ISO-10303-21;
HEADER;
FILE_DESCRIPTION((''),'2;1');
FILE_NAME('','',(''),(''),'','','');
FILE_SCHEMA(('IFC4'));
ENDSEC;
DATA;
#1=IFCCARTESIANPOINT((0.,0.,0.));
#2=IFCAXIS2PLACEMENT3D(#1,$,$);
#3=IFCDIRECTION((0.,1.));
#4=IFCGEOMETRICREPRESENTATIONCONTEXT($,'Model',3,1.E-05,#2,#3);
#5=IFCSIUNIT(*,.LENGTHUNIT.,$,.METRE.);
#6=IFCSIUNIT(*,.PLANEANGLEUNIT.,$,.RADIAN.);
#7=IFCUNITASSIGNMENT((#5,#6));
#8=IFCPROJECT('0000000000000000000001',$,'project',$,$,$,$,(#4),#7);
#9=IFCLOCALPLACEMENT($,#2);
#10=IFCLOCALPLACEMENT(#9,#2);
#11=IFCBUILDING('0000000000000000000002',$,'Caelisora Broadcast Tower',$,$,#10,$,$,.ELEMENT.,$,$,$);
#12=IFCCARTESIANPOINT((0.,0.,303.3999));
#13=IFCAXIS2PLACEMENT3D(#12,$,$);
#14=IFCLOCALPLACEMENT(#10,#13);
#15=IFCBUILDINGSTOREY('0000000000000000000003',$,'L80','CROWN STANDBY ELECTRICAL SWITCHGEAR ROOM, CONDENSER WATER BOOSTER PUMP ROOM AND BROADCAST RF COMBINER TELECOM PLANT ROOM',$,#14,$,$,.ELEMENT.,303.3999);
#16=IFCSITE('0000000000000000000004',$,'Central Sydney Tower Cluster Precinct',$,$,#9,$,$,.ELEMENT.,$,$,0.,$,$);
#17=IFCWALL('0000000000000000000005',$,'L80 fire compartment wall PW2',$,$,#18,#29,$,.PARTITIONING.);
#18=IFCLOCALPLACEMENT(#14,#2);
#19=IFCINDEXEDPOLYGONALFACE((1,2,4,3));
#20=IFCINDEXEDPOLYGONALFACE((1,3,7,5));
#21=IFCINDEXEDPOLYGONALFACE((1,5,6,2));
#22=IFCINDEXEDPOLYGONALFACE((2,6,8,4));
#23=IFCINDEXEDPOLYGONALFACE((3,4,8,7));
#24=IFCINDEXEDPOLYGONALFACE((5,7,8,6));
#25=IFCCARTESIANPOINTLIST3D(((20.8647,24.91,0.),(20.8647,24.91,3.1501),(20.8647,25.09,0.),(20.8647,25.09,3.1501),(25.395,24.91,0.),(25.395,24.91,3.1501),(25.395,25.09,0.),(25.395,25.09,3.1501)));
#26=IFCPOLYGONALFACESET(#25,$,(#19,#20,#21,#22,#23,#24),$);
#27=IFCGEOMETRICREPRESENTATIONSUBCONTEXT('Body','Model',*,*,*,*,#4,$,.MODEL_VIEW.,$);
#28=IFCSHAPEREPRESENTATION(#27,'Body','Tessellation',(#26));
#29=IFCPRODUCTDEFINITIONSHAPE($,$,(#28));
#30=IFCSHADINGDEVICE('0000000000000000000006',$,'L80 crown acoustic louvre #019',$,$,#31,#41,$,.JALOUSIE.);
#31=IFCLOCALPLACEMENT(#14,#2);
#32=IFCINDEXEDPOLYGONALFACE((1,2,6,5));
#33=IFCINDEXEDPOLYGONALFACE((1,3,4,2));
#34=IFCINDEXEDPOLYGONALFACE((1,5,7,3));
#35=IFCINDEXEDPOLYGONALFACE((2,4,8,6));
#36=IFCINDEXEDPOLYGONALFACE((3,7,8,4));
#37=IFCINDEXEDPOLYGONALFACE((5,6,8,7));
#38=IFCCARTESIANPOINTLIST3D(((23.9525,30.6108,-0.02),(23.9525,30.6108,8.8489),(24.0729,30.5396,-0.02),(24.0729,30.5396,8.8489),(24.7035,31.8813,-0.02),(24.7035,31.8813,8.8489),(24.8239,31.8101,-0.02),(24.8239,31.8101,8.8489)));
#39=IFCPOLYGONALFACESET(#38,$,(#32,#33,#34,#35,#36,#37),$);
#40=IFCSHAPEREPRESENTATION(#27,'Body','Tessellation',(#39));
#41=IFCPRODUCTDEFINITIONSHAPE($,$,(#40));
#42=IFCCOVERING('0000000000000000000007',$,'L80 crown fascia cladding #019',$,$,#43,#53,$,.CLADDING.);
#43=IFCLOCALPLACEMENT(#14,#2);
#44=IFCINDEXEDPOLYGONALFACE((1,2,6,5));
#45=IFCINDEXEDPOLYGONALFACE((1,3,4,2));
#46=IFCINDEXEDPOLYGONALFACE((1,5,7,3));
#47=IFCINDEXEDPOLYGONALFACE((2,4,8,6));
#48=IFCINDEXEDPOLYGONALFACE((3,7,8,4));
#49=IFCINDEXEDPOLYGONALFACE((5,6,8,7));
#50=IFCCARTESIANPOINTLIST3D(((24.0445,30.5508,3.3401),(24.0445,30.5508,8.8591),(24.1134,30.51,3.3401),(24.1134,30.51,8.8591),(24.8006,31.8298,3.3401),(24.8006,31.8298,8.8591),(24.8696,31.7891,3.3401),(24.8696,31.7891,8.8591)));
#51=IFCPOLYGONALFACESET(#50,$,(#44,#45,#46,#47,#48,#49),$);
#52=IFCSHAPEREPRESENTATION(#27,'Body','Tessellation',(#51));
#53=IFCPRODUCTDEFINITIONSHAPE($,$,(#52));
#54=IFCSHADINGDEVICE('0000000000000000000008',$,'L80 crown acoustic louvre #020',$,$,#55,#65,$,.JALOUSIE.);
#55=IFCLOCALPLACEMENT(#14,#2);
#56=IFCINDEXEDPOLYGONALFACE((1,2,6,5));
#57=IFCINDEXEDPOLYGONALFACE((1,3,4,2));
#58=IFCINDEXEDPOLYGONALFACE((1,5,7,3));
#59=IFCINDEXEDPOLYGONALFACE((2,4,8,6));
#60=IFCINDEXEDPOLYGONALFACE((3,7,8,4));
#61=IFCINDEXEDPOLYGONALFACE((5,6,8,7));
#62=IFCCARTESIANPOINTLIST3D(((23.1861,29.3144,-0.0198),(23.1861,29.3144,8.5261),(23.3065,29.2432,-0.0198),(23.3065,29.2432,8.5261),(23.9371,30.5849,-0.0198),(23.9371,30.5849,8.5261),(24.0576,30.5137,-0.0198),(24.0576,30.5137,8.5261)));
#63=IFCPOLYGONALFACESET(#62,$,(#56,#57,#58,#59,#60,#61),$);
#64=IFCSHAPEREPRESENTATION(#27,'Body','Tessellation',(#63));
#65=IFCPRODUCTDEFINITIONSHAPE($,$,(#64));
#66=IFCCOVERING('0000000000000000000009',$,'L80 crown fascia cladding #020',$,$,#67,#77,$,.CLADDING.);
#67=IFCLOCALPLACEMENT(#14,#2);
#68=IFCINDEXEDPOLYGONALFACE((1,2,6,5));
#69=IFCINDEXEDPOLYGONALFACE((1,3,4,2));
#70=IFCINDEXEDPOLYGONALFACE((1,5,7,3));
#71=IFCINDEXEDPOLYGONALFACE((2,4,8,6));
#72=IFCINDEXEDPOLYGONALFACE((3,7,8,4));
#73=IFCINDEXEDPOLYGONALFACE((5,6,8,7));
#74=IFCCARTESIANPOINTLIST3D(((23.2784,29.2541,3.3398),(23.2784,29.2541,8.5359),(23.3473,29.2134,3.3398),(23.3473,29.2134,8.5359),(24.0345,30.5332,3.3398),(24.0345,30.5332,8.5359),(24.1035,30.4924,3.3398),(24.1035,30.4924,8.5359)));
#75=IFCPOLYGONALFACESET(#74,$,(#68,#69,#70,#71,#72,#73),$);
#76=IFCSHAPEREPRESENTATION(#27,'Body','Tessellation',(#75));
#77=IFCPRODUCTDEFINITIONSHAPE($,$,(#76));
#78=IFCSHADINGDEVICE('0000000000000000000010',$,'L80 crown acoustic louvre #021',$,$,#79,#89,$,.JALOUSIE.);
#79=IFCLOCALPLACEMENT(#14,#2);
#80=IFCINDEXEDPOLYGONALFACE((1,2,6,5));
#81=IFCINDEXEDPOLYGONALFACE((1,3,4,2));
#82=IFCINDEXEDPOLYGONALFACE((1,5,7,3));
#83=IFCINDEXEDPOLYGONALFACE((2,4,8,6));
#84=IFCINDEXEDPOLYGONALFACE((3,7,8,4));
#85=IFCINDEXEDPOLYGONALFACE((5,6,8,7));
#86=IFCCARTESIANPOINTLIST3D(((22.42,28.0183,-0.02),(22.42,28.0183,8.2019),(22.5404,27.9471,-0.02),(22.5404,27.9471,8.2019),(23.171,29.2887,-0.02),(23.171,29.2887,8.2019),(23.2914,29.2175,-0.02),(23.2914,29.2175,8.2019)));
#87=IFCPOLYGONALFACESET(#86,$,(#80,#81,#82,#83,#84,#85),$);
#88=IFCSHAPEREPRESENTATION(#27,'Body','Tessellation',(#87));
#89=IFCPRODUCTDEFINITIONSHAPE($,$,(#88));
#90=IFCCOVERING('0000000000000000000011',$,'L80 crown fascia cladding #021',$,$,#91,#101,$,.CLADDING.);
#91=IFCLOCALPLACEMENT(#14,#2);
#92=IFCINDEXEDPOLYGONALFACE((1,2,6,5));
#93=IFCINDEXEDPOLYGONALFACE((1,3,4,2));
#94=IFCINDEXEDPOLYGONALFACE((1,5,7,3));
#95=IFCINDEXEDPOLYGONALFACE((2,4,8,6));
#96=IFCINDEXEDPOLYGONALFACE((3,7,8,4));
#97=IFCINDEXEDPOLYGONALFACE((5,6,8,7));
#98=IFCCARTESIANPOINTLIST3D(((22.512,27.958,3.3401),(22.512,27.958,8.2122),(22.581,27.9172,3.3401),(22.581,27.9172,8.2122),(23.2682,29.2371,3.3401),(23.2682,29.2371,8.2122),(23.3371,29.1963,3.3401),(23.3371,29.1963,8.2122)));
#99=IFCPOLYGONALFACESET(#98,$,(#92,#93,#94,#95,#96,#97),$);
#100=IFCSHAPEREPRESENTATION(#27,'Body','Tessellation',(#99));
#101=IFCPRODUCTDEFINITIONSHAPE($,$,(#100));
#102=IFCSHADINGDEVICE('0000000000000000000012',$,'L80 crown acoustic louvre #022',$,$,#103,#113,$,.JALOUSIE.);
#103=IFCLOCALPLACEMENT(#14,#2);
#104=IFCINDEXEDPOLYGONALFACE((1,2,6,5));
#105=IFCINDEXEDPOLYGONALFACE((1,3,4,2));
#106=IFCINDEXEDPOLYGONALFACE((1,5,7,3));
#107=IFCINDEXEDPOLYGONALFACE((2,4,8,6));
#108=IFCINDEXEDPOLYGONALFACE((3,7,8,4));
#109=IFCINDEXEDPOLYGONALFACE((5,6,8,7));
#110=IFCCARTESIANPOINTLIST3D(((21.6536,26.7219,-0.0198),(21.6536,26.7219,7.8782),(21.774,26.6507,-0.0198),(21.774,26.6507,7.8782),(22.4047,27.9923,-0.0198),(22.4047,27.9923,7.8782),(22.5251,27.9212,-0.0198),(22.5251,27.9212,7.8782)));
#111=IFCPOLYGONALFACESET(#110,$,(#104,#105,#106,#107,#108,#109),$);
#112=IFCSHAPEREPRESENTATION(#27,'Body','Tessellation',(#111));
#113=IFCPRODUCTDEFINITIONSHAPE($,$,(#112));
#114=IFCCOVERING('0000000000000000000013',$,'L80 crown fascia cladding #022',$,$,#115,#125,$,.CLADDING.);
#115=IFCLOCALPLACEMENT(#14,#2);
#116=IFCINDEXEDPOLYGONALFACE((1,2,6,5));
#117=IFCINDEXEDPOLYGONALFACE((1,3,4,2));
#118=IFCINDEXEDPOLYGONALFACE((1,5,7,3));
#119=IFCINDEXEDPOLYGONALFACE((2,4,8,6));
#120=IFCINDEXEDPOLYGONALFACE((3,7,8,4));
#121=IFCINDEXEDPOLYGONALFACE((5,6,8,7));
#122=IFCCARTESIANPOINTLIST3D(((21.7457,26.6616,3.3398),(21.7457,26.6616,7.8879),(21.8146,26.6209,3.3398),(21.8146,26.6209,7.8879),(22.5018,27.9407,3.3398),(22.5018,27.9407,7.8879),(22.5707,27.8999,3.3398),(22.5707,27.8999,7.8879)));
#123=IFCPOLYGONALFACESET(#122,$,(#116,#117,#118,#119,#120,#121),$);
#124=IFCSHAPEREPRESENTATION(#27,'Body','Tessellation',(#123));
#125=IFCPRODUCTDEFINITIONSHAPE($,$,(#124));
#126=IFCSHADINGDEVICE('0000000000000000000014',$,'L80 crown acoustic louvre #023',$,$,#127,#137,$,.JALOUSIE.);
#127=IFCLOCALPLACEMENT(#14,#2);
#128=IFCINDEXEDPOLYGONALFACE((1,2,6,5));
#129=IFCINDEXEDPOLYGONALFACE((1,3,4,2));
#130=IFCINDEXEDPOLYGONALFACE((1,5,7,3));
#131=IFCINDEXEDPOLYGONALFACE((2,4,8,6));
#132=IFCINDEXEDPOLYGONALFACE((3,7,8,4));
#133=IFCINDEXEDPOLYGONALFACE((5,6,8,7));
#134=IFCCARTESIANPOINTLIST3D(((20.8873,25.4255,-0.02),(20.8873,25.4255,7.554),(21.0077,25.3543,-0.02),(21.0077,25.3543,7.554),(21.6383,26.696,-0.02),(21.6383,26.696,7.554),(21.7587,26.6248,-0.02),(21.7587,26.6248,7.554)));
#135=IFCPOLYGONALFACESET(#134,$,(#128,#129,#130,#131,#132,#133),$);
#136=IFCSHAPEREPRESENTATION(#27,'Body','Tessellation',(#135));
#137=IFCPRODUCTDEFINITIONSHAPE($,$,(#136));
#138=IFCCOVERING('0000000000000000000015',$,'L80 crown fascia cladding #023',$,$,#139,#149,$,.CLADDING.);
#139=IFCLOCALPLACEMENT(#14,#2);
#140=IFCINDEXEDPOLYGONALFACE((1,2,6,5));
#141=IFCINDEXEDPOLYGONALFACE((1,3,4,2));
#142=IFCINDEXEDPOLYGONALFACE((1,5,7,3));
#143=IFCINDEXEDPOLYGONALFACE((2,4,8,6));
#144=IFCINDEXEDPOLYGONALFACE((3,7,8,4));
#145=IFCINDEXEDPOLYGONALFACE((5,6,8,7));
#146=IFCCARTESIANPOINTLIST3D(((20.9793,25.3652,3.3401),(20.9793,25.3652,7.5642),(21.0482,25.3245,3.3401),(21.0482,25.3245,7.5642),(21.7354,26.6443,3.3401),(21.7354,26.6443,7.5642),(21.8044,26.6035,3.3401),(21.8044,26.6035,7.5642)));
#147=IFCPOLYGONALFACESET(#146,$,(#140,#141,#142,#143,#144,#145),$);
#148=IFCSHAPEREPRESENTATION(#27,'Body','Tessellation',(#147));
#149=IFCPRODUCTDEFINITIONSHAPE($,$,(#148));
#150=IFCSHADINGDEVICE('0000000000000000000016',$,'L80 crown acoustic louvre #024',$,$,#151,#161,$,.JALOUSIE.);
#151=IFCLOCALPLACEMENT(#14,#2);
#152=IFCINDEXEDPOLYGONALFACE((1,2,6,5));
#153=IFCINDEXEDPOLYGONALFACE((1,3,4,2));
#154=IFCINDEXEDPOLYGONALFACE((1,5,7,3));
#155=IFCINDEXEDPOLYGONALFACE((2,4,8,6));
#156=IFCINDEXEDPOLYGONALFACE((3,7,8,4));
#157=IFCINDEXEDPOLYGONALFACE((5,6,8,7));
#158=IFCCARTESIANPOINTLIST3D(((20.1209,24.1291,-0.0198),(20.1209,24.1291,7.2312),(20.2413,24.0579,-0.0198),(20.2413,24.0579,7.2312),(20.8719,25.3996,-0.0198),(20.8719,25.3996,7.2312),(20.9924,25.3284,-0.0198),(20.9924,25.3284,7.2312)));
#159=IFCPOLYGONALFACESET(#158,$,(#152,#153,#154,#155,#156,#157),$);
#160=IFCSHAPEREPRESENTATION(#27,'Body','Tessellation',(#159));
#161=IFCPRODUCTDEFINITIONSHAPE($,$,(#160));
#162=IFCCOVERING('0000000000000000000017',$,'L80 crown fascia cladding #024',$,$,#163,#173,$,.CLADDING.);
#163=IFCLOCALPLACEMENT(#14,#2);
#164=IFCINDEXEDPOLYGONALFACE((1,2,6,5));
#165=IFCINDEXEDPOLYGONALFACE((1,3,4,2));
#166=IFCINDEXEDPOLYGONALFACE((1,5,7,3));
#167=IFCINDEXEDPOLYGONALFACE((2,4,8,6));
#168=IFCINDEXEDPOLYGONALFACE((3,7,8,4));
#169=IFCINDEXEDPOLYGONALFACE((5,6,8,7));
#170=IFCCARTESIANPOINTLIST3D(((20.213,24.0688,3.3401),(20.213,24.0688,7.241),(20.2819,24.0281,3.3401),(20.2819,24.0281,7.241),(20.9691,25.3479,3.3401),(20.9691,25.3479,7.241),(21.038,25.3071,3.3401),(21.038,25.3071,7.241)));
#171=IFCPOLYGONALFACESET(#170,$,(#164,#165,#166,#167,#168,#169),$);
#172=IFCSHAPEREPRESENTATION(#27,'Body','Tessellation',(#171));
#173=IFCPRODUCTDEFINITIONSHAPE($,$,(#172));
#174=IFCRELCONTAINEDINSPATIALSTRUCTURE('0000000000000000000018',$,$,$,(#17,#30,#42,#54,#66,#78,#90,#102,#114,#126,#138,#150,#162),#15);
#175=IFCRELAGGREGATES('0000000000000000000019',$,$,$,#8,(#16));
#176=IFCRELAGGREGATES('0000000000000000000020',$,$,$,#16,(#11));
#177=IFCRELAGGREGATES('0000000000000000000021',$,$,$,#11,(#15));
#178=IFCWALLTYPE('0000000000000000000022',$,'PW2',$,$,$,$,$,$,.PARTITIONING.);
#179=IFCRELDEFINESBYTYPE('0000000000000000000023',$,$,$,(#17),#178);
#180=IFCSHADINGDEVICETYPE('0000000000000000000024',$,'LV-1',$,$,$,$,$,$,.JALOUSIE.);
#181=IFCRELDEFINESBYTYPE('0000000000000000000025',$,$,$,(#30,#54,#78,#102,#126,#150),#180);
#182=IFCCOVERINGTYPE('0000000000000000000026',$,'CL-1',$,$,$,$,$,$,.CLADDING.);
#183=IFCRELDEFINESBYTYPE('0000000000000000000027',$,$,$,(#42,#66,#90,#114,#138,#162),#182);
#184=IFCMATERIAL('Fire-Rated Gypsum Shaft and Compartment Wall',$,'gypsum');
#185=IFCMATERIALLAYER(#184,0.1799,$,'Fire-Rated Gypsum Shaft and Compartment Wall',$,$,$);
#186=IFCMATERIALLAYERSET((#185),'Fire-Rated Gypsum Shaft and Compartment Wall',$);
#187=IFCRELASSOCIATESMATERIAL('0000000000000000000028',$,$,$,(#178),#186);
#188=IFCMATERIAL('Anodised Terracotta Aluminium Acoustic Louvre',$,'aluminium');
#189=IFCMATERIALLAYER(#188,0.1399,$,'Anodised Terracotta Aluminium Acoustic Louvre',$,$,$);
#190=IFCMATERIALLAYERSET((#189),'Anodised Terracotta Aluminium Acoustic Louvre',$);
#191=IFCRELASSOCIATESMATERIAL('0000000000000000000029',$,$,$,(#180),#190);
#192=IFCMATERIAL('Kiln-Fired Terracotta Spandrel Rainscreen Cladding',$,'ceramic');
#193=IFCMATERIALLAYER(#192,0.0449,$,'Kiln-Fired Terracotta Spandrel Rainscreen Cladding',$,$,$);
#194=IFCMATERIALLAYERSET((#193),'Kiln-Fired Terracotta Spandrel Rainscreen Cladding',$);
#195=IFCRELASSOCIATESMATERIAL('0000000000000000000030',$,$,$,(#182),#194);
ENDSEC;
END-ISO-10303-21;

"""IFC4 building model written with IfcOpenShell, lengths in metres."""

from ifc_helpers import new_model, si_unit, direction, frame, frame_2d, origin, origin_2d, place, context, subcontext, project, spatial, rectangle, extrude, source, transform, mapped, material, layer, layer_set, type_object, element, save


model = new_model("IFC4")

# Units and contexts
model_context = context("Model", 3, precision=1e-05, world=origin(), true_north=direction((0.0, 1.0)))
body_context = subcontext(model_context, "Body", "Model", "MODEL_VIEW")
ifc_project = project(units=[si_unit("LENGTHUNIT", "METRE"), si_unit("PLANEANGLEUNIT", "RADIAN")], contexts=[model_context])

# Site, building, storey
site_placement = place(None, origin())
site = spatial("IfcSite", under=ifc_project, at=site_placement, Name="Central Sydney Tower Cluster Precinct", CompositionType="ELEMENT", RefElevation=0.0)
building_placement = place(site_placement, origin())
building = spatial("IfcBuilding", under=site, at=building_placement, Name="Caelisora Broadcast Tower", CompositionType="ELEMENT")
storey_placement = place(building_placement, frame((0.0, 0.0, 303.3999)))
storey = spatial("IfcBuildingStorey", under=building, at=storey_placement, Name="L80", Description="CROWN STANDBY ELECTRICAL SWITCHGEAR ROOM, CONDENSER WATER BOOSTER PUMP ROOM AND BROADCAST RF COMBINER TELECOM PLANT ROOM", CompositionType="ELEMENT", Elevation=303.3999)

# Wall
ifc_material_1 = material(Name="Fire-Rated Gypsum Shaft and Compartment Wall", Category="gypsum")
ifc_layer_1 = layer(ifc_material_1, 0.1799, Name="Fire-Rated Gypsum Shaft and Compartment Wall")
ifc_layer_set_1 = layer_set([ifc_layer_1], Name="Fire-Rated Gypsum Shaft and Compartment Wall")
wall_type = type_object("IfcWallType", Name="PW2", PredefinedType="PARTITIONING", material=ifc_layer_set_1)
wall_placement = place(storey_placement, frame((20.8647, 25.0, 0.0), z_axis=(0.0, 0.0, 1.0), x_axis=(1.0, 0.0, 0.0)))
element("IfcWall", 1, at=wall_placement, inside=storey, type_object=wall_type, Name="L80 fire compartment wall PW2", PredefinedType="PARTITIONING", context=body_context, shape_type="SweptSolid", body=[
    extrude(rectangle(XDim=4.5303, YDim=0.1799, at=frame_2d((2.2651, 0.0))), origin(), (0.0, 0.0, 1.0), 3.1501),
])

# Shading device
ifc_material_2 = material(Name="Anodised Terracotta Aluminium Acoustic Louvre", Category="aluminium")
ifc_layer_2 = layer(ifc_material_2, 0.1399, Name="Anodised Terracotta Aluminium Acoustic Louvre")
ifc_layer_set_2 = layer_set([ifc_layer_2], Name="Anodised Terracotta Aluminium Acoustic Louvre")
shading_device_type = type_object("IfcShadingDeviceType", Name="LV-1", PredefinedType="JALOUSIE", material=ifc_layer_set_2)
shared_shape_1 = source(origin(), body_context, "Body", "SweptSolid", [
    extrude(rectangle(XDim=1.4758, YDim=0.1399, at=origin_2d()), origin(), (0.0, 0.0, 1.0), 8.8689),
])
shading_device_1_placement = place(storey_placement, frame((24.3882, 31.2104, -0.02), z_axis=(0.0, 0.0, 1.0), x_axis=(-0.508891, -0.860831, 0.0)))
element("IfcShadingDevice", 2, at=shading_device_1_placement, inside=storey, type_object=shading_device_type, Name="L80 crown acoustic louvre #019", PredefinedType="JALOUSIE", context=body_context, shape_type="MappedRepresentation", body=[
    mapped(shared_shape_1, transform((0.0, 0.0, 0.0), scale=1.0)),
])

# Covering
ifc_material_3 = material(Name="Kiln-Fired Terracotta Spandrel Rainscreen Cladding", Category="ceramic")
ifc_layer_3 = layer(ifc_material_3, 0.0449, Name="Kiln-Fired Terracotta Spandrel Rainscreen Cladding")
ifc_layer_set_3 = layer_set([ifc_layer_3], Name="Kiln-Fired Terracotta Spandrel Rainscreen Cladding")
covering_type = type_object("IfcCoveringType", Name="CL-1", PredefinedType="CLADDING", material=ifc_layer_set_3)
shared_shape_2 = source(origin(), body_context, "Body", "SweptSolid", [
    extrude(rectangle(XDim=1.4858, YDim=0.0801, at=origin_2d()), origin(), (0.0, 0.0, 1.0), 5.519),
])
covering_1_placement = place(storey_placement, frame((24.457, 31.1699, 3.3401), z_axis=(0.0, 0.0, 1.0), x_axis=(-0.508891, -0.860831, 0.0)))
element("IfcCovering", 3, at=covering_1_placement, inside=storey, type_object=covering_type, Name="L80 crown fascia cladding #019", PredefinedType="CLADDING", context=body_context, shape_type="MappedRepresentation", body=[
    mapped(shared_shape_2, transform((0.0, 0.0, 0.0), scale=1.0)),
])

# Shading device
shared_shape_3 = source(origin(), body_context, "Body", "SweptSolid", [
    extrude(rectangle(XDim=1.4758, YDim=0.1399, at=origin_2d()), origin(), (0.0, 0.0, 1.0), 8.5459),
])
shading_device_2_placement = place(storey_placement, frame((23.6218, 29.9141, -0.0198), z_axis=(0.0, 0.0, 1.0), x_axis=(-0.508891, -0.860831, 0.0)))
element("IfcShadingDevice", 4, at=shading_device_2_placement, inside=storey, type_object=shading_device_type, Name="L80 crown acoustic louvre #020", PredefinedType="JALOUSIE", context=body_context, shape_type="MappedRepresentation", body=[
    mapped(shared_shape_3, transform((0.0, 0.0, 0.0), scale=1.0)),
])

# Covering
shared_shape_4 = source(origin(), body_context, "Body", "SweptSolid", [
    extrude(rectangle(XDim=1.4858, YDim=0.0801, at=origin_2d()), origin(), (0.0, 0.0, 1.0), 5.196),
])
covering_2_placement = place(storey_placement, frame((23.6909, 29.8733, 3.3398), z_axis=(0.0, 0.0, 1.0), x_axis=(-0.508891, -0.860831, 0.0)))
element("IfcCovering", 5, at=covering_2_placement, inside=storey, type_object=covering_type, Name="L80 crown fascia cladding #020", PredefinedType="CLADDING", context=body_context, shape_type="MappedRepresentation", body=[
    mapped(shared_shape_4, transform((0.0, 0.0, 0.0), scale=1.0)),
])

# Shading device
shared_shape_5 = source(origin(), body_context, "Body", "SweptSolid", [
    extrude(rectangle(XDim=1.4758, YDim=0.1399, at=origin_2d()), origin(), (0.0, 0.0, 1.0), 8.2219),
])
shading_device_3_placement = place(storey_placement, frame((22.8557, 28.6179, -0.02), z_axis=(0.0, 0.0, 1.0), x_axis=(-0.508891, -0.860831, 0.0)))
element("IfcShadingDevice", 6, at=shading_device_3_placement, inside=storey, type_object=shading_device_type, Name="L80 crown acoustic louvre #021", PredefinedType="JALOUSIE", context=body_context, shape_type="MappedRepresentation", body=[
    mapped(shared_shape_5, transform((0.0, 0.0, 0.0), scale=1.0)),
])

# Covering
shared_shape_6 = source(origin(), body_context, "Body", "SweptSolid", [
    extrude(rectangle(XDim=1.4858, YDim=0.0801, at=origin_2d()), origin(), (0.0, 0.0, 1.0), 4.8721),
])
covering_3_placement = place(storey_placement, frame((22.9246, 28.5771, 3.3401), z_axis=(0.0, 0.0, 1.0), x_axis=(-0.508891, -0.860831, 0.0)))
element("IfcCovering", 7, at=covering_3_placement, inside=storey, type_object=covering_type, Name="L80 crown fascia cladding #021", PredefinedType="CLADDING", context=body_context, shape_type="MappedRepresentation", body=[
    mapped(shared_shape_6, transform((0.0, 0.0, 0.0), scale=1.0)),
])

# Shading device
shared_shape_7 = source(origin(), body_context, "Body", "SweptSolid", [
    extrude(rectangle(XDim=1.4758, YDim=0.1399, at=origin_2d()), origin(), (0.0, 0.0, 1.0), 7.8979),
])
shading_device_4_placement = place(storey_placement, frame((22.0894, 27.3215, -0.0198), z_axis=(0.0, 0.0, 1.0), x_axis=(-0.508891, -0.860831, 0.0)))
element("IfcShadingDevice", 8, at=shading_device_4_placement, inside=storey, type_object=shading_device_type, Name="L80 crown acoustic louvre #022", PredefinedType="JALOUSIE", context=body_context, shape_type="MappedRepresentation", body=[
    mapped(shared_shape_7, transform((0.0, 0.0, 0.0), scale=1.0)),
])

# Covering
shared_shape_8 = source(origin(), body_context, "Body", "SweptSolid", [
    extrude(rectangle(XDim=1.4858, YDim=0.0801, at=origin_2d()), origin(), (0.0, 0.0, 1.0), 4.5481),
])
covering_4_placement = place(storey_placement, frame((22.1582, 27.2808, 3.3398), z_axis=(0.0, 0.0, 1.0), x_axis=(-0.508891, -0.860831, 0.0)))
element("IfcCovering", 9, at=covering_4_placement, inside=storey, type_object=covering_type, Name="L80 crown fascia cladding #022", PredefinedType="CLADDING", context=body_context, shape_type="MappedRepresentation", body=[
    mapped(shared_shape_8, transform((0.0, 0.0, 0.0), scale=1.0)),
])

# Shading device
shared_shape_9 = source(origin(), body_context, "Body", "SweptSolid", [
    extrude(rectangle(XDim=1.4758, YDim=0.1399, at=origin_2d()), origin(), (0.0, 0.0, 1.0), 7.574),
])
shading_device_5_placement = place(storey_placement, frame((21.323, 26.0251, -0.02), z_axis=(0.0, 0.0, 1.0), x_axis=(-0.508891, -0.860831, 0.0)))
element("IfcShadingDevice", 10, at=shading_device_5_placement, inside=storey, type_object=shading_device_type, Name="L80 crown acoustic louvre #023", PredefinedType="JALOUSIE", context=body_context, shape_type="MappedRepresentation", body=[
    mapped(shared_shape_9, transform((0.0, 0.0, 0.0), scale=1.0)),
])

# Covering
shared_shape_10 = source(origin(), body_context, "Body", "SweptSolid", [
    extrude(rectangle(XDim=1.4858, YDim=0.0801, at=origin_2d()), origin(), (0.0, 0.0, 1.0), 4.2241),
])
covering_5_placement = place(storey_placement, frame((21.3918, 25.9844, 3.3401), z_axis=(0.0, 0.0, 1.0), x_axis=(-0.508891, -0.860831, 0.0)))
element("IfcCovering", 11, at=covering_5_placement, inside=storey, type_object=covering_type, Name="L80 crown fascia cladding #023", PredefinedType="CLADDING", context=body_context, shape_type="MappedRepresentation", body=[
    mapped(shared_shape_10, transform((0.0, 0.0, 0.0), scale=1.0)),
])

# Shading device
shared_shape_11 = source(origin(), body_context, "Body", "SweptSolid", [
    extrude(rectangle(XDim=1.4758, YDim=0.1399, at=origin_2d()), origin(), (0.0, 0.0, 1.0), 7.251),
])
shading_device_6_placement = place(storey_placement, frame((20.5566, 24.7288, -0.0198), z_axis=(0.0, 0.0, 1.0), x_axis=(-0.508891, -0.860831, 0.0)))
element("IfcShadingDevice", 12, at=shading_device_6_placement, inside=storey, type_object=shading_device_type, Name="L80 crown acoustic louvre #024", PredefinedType="JALOUSIE", context=body_context, shape_type="MappedRepresentation", body=[
    mapped(shared_shape_11, transform((0.0, 0.0, 0.0), scale=1.0)),
])

# Covering
shared_shape_12 = source(origin(), body_context, "Body", "SweptSolid", [
    extrude(rectangle(XDim=1.4858, YDim=0.0801, at=origin_2d()), origin(), (0.0, 0.0, 1.0), 3.9009),
])
covering_6_placement = place(storey_placement, frame((20.6255, 24.688, 3.3401), z_axis=(0.0, 0.0, 1.0), x_axis=(-0.508891, -0.860831, 0.0)))
element("IfcCovering", 13, at=covering_6_placement, inside=storey, type_object=covering_type, Name="L80 crown fascia cladding #024", PredefinedType="CLADDING", context=body_context, shape_type="MappedRepresentation", body=[
    mapped(shared_shape_12, transform((0.0, 0.0, 0.0), scale=1.0)),
])

save(model, "model.ifc")
